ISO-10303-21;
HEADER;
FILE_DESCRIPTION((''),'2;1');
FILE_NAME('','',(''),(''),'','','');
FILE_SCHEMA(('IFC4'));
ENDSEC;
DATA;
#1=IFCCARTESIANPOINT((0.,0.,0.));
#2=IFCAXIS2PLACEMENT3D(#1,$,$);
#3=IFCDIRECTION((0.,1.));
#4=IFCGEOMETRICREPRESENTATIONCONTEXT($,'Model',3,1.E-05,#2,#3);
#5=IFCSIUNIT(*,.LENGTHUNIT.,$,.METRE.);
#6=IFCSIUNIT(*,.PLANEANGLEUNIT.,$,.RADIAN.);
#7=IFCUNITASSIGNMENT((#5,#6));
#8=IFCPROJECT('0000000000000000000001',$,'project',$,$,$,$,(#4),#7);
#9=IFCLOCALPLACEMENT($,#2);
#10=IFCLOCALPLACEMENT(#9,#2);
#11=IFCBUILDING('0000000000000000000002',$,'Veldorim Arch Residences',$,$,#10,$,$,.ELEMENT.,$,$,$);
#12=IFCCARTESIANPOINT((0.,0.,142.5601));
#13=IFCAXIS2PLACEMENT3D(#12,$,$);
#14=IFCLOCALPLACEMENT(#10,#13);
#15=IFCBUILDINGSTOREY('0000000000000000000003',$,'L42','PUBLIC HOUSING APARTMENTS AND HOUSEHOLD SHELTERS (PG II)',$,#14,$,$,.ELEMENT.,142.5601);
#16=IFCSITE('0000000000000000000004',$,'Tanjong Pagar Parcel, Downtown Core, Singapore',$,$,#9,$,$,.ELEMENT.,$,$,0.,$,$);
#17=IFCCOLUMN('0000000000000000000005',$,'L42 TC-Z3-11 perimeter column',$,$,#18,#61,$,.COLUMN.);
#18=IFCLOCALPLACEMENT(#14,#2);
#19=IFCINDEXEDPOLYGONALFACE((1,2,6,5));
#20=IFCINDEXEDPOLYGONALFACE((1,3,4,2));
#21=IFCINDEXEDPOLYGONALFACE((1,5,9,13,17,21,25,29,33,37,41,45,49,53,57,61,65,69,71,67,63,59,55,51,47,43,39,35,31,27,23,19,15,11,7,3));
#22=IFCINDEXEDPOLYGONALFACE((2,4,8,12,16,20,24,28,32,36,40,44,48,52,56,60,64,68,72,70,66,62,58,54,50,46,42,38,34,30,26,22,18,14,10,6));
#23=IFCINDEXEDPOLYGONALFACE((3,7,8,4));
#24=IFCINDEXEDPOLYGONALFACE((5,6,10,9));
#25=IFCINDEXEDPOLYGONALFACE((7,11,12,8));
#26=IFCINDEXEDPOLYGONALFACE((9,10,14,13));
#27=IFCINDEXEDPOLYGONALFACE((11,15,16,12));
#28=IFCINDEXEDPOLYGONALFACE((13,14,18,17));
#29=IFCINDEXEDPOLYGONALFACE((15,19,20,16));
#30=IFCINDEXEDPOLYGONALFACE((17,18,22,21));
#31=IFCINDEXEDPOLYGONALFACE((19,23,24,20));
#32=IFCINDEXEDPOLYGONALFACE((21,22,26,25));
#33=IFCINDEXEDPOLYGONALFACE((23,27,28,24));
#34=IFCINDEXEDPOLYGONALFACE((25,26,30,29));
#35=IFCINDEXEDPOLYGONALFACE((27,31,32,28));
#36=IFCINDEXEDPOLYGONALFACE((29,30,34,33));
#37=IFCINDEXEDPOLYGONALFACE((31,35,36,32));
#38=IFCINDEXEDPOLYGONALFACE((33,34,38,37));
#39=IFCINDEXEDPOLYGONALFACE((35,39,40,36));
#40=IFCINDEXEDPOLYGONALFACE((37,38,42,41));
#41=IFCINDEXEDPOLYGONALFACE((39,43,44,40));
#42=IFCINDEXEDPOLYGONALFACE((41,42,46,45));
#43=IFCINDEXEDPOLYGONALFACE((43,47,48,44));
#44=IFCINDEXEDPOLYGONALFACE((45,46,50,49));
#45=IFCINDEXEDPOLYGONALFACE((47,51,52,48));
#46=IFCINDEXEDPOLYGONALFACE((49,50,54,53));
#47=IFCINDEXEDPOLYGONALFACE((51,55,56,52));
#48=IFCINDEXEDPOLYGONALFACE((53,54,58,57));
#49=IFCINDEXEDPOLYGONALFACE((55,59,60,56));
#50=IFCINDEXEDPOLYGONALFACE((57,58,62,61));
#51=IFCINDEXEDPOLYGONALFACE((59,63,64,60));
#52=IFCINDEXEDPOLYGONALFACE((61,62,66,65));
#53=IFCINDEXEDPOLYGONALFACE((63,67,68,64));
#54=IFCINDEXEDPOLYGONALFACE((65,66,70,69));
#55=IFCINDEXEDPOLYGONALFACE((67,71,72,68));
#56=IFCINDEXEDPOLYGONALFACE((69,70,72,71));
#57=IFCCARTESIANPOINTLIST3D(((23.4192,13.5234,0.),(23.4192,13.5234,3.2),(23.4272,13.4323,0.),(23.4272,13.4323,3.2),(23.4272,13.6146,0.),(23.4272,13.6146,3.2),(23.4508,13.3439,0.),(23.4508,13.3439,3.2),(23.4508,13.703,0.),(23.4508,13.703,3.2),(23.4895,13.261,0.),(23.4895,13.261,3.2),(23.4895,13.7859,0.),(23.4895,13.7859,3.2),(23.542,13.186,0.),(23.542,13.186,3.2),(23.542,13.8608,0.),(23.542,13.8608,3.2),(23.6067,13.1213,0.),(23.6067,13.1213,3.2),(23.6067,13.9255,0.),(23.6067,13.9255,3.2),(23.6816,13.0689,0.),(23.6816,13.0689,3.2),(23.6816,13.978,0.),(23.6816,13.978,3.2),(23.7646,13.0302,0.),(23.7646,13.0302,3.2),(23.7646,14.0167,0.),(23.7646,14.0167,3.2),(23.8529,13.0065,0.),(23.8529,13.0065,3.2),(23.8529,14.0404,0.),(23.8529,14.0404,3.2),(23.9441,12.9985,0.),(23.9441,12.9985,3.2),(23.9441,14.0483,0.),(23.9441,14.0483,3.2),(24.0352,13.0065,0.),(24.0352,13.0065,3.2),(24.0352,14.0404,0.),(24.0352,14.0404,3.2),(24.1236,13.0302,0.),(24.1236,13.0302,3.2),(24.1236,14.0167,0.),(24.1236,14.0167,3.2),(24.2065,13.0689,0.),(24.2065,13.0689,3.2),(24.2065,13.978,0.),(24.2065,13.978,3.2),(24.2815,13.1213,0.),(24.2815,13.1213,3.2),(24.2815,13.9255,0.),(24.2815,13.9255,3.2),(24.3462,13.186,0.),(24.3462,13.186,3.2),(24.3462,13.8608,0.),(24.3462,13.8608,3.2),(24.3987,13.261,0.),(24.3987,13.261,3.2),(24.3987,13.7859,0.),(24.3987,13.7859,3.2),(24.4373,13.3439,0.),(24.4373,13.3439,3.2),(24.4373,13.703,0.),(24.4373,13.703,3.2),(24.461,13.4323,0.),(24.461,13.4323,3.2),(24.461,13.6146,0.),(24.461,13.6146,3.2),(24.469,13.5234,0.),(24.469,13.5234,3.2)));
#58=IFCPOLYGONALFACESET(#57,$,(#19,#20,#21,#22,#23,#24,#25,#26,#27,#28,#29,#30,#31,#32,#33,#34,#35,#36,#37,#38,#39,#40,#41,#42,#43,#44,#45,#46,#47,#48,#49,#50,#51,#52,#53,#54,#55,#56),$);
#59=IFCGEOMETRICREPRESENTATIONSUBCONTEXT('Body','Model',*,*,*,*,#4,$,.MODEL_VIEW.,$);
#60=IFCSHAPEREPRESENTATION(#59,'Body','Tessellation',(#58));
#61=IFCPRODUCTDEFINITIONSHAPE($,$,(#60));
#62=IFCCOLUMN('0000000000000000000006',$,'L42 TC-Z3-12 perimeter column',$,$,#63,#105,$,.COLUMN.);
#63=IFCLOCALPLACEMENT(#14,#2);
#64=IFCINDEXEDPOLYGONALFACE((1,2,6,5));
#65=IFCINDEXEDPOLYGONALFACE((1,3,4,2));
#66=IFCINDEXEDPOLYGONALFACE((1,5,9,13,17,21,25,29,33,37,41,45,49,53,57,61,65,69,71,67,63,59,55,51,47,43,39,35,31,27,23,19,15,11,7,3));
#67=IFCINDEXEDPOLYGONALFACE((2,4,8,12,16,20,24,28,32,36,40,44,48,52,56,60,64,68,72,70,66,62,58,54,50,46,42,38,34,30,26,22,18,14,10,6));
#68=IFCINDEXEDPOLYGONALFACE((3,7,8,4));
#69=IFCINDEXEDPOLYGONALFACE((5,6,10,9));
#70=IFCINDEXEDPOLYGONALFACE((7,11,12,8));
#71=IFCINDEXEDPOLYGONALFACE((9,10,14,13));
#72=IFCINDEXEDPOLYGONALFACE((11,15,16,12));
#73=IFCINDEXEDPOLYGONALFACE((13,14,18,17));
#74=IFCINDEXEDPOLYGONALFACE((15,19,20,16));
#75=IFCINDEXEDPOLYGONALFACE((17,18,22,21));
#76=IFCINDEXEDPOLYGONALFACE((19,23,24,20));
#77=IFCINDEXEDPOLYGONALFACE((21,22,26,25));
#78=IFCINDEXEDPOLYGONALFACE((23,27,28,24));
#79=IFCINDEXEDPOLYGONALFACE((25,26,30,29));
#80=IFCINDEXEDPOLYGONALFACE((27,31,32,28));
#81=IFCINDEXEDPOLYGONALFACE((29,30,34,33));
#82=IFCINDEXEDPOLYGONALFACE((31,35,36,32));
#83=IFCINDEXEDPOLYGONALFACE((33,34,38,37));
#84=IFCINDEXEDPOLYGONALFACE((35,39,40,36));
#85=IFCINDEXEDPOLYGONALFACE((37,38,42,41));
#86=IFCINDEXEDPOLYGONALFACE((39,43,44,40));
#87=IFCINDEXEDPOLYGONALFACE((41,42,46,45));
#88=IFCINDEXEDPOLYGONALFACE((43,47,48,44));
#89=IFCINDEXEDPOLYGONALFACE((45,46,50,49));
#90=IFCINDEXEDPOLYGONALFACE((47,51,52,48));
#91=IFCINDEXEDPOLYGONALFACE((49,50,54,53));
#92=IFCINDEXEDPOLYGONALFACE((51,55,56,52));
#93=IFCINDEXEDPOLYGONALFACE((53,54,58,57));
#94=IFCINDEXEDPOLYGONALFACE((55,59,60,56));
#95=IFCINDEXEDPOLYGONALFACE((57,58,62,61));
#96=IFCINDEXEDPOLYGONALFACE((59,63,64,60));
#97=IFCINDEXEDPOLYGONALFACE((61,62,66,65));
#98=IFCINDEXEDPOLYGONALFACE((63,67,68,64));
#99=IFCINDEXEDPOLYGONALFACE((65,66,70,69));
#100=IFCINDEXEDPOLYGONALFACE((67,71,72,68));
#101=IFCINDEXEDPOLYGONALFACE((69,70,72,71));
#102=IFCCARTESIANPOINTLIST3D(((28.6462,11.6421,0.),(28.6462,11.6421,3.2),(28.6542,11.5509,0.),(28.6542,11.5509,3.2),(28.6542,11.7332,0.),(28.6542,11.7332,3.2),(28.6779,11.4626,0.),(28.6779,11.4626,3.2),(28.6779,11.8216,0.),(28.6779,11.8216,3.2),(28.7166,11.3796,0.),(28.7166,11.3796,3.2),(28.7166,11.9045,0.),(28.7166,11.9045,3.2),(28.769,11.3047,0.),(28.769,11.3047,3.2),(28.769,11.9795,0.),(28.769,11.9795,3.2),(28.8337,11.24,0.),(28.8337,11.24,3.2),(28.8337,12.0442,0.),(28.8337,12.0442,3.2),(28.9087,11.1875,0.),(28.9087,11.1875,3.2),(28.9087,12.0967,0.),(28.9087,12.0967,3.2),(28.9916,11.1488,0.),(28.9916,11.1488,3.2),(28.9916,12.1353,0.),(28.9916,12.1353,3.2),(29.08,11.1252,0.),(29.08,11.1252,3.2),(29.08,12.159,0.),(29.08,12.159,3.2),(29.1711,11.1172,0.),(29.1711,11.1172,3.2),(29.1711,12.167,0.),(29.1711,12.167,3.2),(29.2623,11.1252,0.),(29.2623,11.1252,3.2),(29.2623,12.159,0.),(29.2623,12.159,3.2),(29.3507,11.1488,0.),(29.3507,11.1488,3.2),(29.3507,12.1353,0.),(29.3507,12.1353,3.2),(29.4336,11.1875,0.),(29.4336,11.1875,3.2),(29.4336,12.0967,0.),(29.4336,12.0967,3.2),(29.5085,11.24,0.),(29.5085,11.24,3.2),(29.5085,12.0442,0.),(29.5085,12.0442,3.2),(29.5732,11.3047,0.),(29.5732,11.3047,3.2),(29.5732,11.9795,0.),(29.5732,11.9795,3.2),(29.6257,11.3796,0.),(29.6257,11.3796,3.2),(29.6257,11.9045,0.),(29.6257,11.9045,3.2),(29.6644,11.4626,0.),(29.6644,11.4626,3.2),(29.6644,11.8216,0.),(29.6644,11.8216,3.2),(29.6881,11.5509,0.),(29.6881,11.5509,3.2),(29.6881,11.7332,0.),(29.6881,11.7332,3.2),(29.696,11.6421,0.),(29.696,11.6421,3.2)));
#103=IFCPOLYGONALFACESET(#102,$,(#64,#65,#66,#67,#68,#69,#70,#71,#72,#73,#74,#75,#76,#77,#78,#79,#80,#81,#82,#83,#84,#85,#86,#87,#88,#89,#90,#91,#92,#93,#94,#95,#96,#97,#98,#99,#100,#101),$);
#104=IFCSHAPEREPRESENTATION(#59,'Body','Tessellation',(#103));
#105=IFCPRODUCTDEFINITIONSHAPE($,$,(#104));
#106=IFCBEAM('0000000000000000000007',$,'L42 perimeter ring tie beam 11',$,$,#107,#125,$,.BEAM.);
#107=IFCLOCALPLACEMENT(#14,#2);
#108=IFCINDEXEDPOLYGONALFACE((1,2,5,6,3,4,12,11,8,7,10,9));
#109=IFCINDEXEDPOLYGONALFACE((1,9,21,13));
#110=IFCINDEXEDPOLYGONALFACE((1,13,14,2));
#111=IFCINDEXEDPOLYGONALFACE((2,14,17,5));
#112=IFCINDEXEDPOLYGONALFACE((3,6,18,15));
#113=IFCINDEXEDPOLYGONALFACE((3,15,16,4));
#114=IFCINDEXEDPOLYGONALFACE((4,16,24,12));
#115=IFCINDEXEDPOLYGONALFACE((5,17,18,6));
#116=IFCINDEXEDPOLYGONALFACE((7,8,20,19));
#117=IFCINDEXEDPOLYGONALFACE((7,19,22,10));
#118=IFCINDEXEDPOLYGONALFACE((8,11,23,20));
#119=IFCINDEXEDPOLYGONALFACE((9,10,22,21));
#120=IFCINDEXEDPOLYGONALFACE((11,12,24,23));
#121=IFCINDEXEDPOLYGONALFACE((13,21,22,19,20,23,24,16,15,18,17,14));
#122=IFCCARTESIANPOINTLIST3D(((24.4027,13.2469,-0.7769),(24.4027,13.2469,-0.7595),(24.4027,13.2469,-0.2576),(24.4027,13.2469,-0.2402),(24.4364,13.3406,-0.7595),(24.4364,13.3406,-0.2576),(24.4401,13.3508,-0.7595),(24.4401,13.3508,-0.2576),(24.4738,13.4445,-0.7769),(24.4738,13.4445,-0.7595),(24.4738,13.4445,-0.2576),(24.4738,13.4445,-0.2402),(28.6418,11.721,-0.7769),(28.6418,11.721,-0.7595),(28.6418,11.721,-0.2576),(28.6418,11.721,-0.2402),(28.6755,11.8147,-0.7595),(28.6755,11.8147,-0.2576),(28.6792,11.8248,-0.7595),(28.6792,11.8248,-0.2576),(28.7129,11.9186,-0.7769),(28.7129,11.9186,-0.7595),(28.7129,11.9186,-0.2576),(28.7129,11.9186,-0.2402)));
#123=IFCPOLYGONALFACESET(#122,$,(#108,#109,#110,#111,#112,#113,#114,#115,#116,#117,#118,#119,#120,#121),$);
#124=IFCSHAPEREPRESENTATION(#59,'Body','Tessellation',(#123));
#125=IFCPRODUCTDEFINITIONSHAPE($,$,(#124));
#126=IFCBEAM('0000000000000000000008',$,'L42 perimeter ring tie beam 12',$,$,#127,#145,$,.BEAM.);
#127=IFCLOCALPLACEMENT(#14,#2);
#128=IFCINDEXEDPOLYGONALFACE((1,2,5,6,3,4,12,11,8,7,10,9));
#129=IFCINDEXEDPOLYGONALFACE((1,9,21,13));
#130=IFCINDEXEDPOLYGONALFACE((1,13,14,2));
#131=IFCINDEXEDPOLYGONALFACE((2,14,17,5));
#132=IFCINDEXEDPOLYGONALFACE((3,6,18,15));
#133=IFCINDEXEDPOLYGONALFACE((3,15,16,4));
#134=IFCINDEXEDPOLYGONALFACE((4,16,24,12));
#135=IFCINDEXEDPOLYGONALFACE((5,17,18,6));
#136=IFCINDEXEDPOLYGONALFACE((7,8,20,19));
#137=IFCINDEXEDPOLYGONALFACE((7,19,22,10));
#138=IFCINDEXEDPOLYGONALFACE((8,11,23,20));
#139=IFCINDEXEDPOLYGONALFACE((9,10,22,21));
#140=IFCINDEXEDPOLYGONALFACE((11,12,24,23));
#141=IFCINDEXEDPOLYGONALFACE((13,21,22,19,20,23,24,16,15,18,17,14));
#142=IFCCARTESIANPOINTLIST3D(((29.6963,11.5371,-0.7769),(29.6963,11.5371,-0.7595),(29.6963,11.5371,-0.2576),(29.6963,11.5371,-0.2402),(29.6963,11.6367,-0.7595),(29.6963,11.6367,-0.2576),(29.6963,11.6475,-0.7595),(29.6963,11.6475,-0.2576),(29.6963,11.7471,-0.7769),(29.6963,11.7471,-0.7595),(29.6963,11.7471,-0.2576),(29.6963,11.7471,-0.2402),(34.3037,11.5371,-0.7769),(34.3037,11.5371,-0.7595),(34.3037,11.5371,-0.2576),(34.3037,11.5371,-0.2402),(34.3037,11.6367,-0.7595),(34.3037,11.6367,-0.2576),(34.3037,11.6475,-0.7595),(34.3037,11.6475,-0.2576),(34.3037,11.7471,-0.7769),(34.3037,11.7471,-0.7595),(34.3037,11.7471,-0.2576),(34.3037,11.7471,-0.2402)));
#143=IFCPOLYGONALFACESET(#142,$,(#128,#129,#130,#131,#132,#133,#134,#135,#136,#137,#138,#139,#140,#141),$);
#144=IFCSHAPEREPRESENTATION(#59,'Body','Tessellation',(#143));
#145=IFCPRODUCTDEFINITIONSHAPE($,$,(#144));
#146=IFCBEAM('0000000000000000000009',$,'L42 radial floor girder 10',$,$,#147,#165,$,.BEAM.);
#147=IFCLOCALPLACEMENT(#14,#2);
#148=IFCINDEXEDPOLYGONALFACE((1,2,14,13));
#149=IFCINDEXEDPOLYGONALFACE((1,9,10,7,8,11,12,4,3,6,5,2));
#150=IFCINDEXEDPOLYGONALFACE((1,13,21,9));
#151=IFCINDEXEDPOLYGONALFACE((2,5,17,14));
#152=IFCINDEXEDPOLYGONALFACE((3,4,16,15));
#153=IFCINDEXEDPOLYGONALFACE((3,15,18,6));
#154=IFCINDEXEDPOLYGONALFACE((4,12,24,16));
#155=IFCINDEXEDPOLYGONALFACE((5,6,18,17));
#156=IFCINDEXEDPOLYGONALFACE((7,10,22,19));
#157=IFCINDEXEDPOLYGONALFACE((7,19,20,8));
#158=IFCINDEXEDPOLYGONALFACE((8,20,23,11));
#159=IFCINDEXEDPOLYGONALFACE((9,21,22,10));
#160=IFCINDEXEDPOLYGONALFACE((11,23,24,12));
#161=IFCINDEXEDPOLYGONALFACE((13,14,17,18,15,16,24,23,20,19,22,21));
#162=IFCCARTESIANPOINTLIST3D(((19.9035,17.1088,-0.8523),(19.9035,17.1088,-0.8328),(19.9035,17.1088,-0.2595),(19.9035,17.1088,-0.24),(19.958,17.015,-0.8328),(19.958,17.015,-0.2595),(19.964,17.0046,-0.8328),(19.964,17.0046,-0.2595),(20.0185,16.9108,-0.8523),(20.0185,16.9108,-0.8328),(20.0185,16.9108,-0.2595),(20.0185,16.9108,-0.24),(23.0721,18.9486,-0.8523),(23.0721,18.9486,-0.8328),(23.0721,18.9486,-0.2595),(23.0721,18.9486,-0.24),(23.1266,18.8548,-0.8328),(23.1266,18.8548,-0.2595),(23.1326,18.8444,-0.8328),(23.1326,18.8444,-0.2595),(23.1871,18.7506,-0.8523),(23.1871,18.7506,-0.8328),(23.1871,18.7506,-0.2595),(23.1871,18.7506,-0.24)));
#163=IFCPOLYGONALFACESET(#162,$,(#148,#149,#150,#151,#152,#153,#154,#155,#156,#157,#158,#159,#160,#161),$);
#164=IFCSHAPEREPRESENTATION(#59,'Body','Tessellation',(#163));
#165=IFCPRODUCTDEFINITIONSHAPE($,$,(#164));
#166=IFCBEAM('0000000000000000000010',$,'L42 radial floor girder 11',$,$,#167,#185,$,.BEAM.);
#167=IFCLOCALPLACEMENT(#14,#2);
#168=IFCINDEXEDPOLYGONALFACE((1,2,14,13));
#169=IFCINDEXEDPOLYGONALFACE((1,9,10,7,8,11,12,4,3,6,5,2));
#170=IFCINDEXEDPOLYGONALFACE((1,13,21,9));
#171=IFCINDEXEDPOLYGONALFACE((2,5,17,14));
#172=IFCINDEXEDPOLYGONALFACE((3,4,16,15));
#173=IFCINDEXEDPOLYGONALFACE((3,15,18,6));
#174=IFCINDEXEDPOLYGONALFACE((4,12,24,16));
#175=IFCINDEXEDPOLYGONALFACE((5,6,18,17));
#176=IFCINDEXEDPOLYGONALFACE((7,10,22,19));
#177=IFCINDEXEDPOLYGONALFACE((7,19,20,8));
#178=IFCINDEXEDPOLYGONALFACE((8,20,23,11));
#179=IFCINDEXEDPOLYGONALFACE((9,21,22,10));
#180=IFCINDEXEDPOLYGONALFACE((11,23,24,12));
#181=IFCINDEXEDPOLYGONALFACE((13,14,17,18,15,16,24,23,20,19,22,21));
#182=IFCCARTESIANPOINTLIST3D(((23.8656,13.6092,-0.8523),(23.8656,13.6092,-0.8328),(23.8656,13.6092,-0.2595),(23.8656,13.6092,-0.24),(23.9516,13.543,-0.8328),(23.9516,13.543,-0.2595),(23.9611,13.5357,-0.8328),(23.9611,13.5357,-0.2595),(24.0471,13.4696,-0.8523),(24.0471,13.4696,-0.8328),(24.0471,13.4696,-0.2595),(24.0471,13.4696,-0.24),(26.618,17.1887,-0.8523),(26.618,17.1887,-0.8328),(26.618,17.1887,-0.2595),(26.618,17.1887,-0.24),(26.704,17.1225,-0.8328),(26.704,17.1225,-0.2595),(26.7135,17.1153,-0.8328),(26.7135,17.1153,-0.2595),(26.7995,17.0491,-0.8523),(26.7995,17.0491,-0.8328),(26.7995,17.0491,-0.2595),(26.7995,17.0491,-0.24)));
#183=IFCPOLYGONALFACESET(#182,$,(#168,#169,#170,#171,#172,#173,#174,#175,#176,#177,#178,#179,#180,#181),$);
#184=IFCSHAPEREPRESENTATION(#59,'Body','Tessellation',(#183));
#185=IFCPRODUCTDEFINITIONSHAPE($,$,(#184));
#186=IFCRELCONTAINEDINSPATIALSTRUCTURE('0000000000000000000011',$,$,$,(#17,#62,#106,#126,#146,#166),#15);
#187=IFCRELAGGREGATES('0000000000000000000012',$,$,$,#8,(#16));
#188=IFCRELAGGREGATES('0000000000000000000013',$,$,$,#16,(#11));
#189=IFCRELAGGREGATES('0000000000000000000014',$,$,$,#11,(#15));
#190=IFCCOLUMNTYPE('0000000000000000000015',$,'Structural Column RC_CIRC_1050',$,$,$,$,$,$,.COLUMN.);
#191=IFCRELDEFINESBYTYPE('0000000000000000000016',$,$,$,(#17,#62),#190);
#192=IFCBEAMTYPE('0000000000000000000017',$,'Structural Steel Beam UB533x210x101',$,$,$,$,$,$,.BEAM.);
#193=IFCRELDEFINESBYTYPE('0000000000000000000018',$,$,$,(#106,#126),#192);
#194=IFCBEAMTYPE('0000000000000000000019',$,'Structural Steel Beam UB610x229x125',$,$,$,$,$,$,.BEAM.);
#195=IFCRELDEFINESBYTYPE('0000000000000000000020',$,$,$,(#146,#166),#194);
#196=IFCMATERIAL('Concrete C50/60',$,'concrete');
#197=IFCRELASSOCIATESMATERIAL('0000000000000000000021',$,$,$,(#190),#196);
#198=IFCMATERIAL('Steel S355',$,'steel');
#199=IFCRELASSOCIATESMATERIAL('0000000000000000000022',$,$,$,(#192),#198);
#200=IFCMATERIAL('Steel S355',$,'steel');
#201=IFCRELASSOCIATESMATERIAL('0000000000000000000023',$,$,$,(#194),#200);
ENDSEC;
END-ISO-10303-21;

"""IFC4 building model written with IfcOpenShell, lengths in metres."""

from ifc_helpers import new_model, si_unit, direction, frame, origin, origin_2d, place, context, subcontext, project, spatial, circle, i_section, extrude, material, material_profile, profile_set, type_object, element, save


model = new_model("IFC4")

# Units and contexts
model_context = context("Model", 3, precision=1e-05, world=origin(), true_north=direction((0.0, 1.0)))
body_context = subcontext(model_context, "Body", "Model", "MODEL_VIEW")
ifc_project = project(units=[si_unit("LENGTHUNIT", "METRE"), si_unit("PLANEANGLEUNIT", "RADIAN")], contexts=[model_context])

# Site, building, storey
site_placement = place(None, origin())
site = spatial("IfcSite", under=ifc_project, at=site_placement, Name="Tanjong Pagar Parcel, Downtown Core, Singapore", CompositionType="ELEMENT", RefElevation=0.0)
building_placement = place(site_placement, origin())
building = spatial("IfcBuilding", under=site, at=building_placement, Name="Veldorim Arch Residences", CompositionType="ELEMENT")
storey_placement = place(building_placement, frame((0.0, 0.0, 142.5601)))
storey = spatial("IfcBuildingStorey", under=building, at=storey_placement, Name="L42", Description="PUBLIC HOUSING APARTMENTS AND HOUSEHOLD SHELTERS (PG II)", CompositionType="ELEMENT", Elevation=142.5601)

# Columns
ifc_material_1 = material(Name="Concrete C50/60", Category="concrete")
ifc_material_profile_1 = material_profile(ifc_material_1, circle(Radius=0.5249, at=origin_2d()), Name="RC_CIRC_1050")
ifc_profile_set_1 = profile_set([ifc_material_profile_1], Name="Concrete C50/60")
column_type = type_object("IfcColumnType", Name="Structural Column RC_CIRC_1050", PredefinedType="COLUMN", material=ifc_profile_set_1)
for number, where, z_axis, x_axis, name in (
    (1, (23.9441, 13.5234, 0.0), (0.0, 0.0, 1.0), (1.0, 0.0, 0.0), "L42 TC-Z3-11 perimeter column"),
    (2, (29.1711, 11.6421, 0.0), (0.0, 0.0, 1.0), (1.0, 0.0, 0.0), "L42 TC-Z3-12 perimeter column"),
):
    element("IfcColumn", number, at=place(storey_placement, frame(where, z_axis=z_axis, x_axis=x_axis)), inside=storey, type_object=column_type, Name=name, PredefinedType="COLUMN", context=body_context, shape_type="SweptSolid", body=[
        extrude(circle(Radius=0.5249, at=origin_2d()), origin(), (0.0, 0.0, 1.0), 3.2),
    ])

# Beams
ifc_material_2 = material(Name="Steel S355", Category="steel")
ifc_material_profile_2 = material_profile(ifc_material_2, i_section(OverallWidth=0.21, OverallDepth=0.5366, WebThickness=0.0107, FlangeThickness=0.0173, at=origin_2d()), Name="UB533x210x101")
ifc_profile_set_2 = profile_set([ifc_material_profile_2], Name="Steel S355")
beam_type_1 = type_object("IfcBeamType", Name="Structural Steel Beam UB533x210x101", PredefinedType="BEAM", material=ifc_profile_set_2)
beam_1_placement = place(storey_placement, frame((24.4382, 13.3457, -0.5085), z_axis=(0.940899, -0.338687, 0.0), x_axis=(0.338687, 0.940899, 0.0)))
element("IfcBeam", 3, at=beam_1_placement, inside=storey, type_object=beam_type_1, Name="L42 perimeter ring tie beam 11", PredefinedType="BEAM", context=body_context, shape_type="SweptSolid", body=[
    extrude(i_section(OverallWidth=0.21, OverallDepth=0.5366, WebThickness=0.0107, FlangeThickness=0.0173, at=origin_2d()), origin(), (0.0, 0.0, 1.0), 4.5054),
])
beam_2_placement = place(storey_placement, frame((29.6963, 11.6421, -0.5085), z_axis=(1.0, 0.0, 0.0), x_axis=(0.0, 1.0, 0.0)))
element("IfcBeam", 4, at=beam_2_placement, inside=storey, type_object=beam_type_1, Name="L42 perimeter ring tie beam 12", PredefinedType="BEAM", context=body_context, shape_type="SweptSolid", body=[
    extrude(i_section(OverallWidth=0.21, OverallDepth=0.5366, WebThickness=0.0107, FlangeThickness=0.0173, at=origin_2d()), origin(), (0.0, 0.0, 1.0), 4.6074),
])
ifc_material_3 = material(Name="Steel S355", Category="steel")
ifc_material_profile_3 = material_profile(ifc_material_3, i_section(OverallWidth=0.229, OverallDepth=0.6123, WebThickness=0.012, FlangeThickness=0.0195, at=origin_2d()), Name="UB610x229x125")
ifc_profile_set_3 = profile_set([ifc_material_profile_3], Name="Steel S355")
beam_type_2 = type_object("IfcBeamType", Name="Structural Steel Beam UB610x229x125", PredefinedType="BEAM", material=ifc_profile_set_3)
beam_3_placement = place(storey_placement, frame((23.1296, 18.8496, -0.5461), z_axis=(-0.864795, -0.502126, 0.0), x_axis=(0.502126, -0.864795, 0.0)))
element("IfcBeam", 5, at=beam_3_placement, inside=storey, type_object=beam_type_2, Name="L42 radial floor girder 10", PredefinedType="BEAM", context=body_context, shape_type="SweptSolid", body=[
    extrude(i_section(OverallWidth=0.229, OverallDepth=0.6123, WebThickness=0.012, FlangeThickness=0.0195, at=origin_2d()), origin(), (0.0, 0.0, 1.0), 3.6641),
])
beam_4_placement = place(storey_placement, frame((26.7087, 17.1189, -0.5461), z_axis=(-0.609559, -0.792741, 0.0), x_axis=(0.792741, -0.609559, 0.0)))
element("IfcBeam", 6, at=beam_4_placement, inside=storey, type_object=beam_type_2, Name="L42 radial floor girder 11", PredefinedType="BEAM", context=body_context, shape_type="SweptSolid", body=[
    extrude(i_section(OverallWidth=0.229, OverallDepth=0.6123, WebThickness=0.012, FlangeThickness=0.0195, at=origin_2d()), origin(), (0.0, 0.0, 1.0), 4.5154),
])

save(model, "model.ifc")
